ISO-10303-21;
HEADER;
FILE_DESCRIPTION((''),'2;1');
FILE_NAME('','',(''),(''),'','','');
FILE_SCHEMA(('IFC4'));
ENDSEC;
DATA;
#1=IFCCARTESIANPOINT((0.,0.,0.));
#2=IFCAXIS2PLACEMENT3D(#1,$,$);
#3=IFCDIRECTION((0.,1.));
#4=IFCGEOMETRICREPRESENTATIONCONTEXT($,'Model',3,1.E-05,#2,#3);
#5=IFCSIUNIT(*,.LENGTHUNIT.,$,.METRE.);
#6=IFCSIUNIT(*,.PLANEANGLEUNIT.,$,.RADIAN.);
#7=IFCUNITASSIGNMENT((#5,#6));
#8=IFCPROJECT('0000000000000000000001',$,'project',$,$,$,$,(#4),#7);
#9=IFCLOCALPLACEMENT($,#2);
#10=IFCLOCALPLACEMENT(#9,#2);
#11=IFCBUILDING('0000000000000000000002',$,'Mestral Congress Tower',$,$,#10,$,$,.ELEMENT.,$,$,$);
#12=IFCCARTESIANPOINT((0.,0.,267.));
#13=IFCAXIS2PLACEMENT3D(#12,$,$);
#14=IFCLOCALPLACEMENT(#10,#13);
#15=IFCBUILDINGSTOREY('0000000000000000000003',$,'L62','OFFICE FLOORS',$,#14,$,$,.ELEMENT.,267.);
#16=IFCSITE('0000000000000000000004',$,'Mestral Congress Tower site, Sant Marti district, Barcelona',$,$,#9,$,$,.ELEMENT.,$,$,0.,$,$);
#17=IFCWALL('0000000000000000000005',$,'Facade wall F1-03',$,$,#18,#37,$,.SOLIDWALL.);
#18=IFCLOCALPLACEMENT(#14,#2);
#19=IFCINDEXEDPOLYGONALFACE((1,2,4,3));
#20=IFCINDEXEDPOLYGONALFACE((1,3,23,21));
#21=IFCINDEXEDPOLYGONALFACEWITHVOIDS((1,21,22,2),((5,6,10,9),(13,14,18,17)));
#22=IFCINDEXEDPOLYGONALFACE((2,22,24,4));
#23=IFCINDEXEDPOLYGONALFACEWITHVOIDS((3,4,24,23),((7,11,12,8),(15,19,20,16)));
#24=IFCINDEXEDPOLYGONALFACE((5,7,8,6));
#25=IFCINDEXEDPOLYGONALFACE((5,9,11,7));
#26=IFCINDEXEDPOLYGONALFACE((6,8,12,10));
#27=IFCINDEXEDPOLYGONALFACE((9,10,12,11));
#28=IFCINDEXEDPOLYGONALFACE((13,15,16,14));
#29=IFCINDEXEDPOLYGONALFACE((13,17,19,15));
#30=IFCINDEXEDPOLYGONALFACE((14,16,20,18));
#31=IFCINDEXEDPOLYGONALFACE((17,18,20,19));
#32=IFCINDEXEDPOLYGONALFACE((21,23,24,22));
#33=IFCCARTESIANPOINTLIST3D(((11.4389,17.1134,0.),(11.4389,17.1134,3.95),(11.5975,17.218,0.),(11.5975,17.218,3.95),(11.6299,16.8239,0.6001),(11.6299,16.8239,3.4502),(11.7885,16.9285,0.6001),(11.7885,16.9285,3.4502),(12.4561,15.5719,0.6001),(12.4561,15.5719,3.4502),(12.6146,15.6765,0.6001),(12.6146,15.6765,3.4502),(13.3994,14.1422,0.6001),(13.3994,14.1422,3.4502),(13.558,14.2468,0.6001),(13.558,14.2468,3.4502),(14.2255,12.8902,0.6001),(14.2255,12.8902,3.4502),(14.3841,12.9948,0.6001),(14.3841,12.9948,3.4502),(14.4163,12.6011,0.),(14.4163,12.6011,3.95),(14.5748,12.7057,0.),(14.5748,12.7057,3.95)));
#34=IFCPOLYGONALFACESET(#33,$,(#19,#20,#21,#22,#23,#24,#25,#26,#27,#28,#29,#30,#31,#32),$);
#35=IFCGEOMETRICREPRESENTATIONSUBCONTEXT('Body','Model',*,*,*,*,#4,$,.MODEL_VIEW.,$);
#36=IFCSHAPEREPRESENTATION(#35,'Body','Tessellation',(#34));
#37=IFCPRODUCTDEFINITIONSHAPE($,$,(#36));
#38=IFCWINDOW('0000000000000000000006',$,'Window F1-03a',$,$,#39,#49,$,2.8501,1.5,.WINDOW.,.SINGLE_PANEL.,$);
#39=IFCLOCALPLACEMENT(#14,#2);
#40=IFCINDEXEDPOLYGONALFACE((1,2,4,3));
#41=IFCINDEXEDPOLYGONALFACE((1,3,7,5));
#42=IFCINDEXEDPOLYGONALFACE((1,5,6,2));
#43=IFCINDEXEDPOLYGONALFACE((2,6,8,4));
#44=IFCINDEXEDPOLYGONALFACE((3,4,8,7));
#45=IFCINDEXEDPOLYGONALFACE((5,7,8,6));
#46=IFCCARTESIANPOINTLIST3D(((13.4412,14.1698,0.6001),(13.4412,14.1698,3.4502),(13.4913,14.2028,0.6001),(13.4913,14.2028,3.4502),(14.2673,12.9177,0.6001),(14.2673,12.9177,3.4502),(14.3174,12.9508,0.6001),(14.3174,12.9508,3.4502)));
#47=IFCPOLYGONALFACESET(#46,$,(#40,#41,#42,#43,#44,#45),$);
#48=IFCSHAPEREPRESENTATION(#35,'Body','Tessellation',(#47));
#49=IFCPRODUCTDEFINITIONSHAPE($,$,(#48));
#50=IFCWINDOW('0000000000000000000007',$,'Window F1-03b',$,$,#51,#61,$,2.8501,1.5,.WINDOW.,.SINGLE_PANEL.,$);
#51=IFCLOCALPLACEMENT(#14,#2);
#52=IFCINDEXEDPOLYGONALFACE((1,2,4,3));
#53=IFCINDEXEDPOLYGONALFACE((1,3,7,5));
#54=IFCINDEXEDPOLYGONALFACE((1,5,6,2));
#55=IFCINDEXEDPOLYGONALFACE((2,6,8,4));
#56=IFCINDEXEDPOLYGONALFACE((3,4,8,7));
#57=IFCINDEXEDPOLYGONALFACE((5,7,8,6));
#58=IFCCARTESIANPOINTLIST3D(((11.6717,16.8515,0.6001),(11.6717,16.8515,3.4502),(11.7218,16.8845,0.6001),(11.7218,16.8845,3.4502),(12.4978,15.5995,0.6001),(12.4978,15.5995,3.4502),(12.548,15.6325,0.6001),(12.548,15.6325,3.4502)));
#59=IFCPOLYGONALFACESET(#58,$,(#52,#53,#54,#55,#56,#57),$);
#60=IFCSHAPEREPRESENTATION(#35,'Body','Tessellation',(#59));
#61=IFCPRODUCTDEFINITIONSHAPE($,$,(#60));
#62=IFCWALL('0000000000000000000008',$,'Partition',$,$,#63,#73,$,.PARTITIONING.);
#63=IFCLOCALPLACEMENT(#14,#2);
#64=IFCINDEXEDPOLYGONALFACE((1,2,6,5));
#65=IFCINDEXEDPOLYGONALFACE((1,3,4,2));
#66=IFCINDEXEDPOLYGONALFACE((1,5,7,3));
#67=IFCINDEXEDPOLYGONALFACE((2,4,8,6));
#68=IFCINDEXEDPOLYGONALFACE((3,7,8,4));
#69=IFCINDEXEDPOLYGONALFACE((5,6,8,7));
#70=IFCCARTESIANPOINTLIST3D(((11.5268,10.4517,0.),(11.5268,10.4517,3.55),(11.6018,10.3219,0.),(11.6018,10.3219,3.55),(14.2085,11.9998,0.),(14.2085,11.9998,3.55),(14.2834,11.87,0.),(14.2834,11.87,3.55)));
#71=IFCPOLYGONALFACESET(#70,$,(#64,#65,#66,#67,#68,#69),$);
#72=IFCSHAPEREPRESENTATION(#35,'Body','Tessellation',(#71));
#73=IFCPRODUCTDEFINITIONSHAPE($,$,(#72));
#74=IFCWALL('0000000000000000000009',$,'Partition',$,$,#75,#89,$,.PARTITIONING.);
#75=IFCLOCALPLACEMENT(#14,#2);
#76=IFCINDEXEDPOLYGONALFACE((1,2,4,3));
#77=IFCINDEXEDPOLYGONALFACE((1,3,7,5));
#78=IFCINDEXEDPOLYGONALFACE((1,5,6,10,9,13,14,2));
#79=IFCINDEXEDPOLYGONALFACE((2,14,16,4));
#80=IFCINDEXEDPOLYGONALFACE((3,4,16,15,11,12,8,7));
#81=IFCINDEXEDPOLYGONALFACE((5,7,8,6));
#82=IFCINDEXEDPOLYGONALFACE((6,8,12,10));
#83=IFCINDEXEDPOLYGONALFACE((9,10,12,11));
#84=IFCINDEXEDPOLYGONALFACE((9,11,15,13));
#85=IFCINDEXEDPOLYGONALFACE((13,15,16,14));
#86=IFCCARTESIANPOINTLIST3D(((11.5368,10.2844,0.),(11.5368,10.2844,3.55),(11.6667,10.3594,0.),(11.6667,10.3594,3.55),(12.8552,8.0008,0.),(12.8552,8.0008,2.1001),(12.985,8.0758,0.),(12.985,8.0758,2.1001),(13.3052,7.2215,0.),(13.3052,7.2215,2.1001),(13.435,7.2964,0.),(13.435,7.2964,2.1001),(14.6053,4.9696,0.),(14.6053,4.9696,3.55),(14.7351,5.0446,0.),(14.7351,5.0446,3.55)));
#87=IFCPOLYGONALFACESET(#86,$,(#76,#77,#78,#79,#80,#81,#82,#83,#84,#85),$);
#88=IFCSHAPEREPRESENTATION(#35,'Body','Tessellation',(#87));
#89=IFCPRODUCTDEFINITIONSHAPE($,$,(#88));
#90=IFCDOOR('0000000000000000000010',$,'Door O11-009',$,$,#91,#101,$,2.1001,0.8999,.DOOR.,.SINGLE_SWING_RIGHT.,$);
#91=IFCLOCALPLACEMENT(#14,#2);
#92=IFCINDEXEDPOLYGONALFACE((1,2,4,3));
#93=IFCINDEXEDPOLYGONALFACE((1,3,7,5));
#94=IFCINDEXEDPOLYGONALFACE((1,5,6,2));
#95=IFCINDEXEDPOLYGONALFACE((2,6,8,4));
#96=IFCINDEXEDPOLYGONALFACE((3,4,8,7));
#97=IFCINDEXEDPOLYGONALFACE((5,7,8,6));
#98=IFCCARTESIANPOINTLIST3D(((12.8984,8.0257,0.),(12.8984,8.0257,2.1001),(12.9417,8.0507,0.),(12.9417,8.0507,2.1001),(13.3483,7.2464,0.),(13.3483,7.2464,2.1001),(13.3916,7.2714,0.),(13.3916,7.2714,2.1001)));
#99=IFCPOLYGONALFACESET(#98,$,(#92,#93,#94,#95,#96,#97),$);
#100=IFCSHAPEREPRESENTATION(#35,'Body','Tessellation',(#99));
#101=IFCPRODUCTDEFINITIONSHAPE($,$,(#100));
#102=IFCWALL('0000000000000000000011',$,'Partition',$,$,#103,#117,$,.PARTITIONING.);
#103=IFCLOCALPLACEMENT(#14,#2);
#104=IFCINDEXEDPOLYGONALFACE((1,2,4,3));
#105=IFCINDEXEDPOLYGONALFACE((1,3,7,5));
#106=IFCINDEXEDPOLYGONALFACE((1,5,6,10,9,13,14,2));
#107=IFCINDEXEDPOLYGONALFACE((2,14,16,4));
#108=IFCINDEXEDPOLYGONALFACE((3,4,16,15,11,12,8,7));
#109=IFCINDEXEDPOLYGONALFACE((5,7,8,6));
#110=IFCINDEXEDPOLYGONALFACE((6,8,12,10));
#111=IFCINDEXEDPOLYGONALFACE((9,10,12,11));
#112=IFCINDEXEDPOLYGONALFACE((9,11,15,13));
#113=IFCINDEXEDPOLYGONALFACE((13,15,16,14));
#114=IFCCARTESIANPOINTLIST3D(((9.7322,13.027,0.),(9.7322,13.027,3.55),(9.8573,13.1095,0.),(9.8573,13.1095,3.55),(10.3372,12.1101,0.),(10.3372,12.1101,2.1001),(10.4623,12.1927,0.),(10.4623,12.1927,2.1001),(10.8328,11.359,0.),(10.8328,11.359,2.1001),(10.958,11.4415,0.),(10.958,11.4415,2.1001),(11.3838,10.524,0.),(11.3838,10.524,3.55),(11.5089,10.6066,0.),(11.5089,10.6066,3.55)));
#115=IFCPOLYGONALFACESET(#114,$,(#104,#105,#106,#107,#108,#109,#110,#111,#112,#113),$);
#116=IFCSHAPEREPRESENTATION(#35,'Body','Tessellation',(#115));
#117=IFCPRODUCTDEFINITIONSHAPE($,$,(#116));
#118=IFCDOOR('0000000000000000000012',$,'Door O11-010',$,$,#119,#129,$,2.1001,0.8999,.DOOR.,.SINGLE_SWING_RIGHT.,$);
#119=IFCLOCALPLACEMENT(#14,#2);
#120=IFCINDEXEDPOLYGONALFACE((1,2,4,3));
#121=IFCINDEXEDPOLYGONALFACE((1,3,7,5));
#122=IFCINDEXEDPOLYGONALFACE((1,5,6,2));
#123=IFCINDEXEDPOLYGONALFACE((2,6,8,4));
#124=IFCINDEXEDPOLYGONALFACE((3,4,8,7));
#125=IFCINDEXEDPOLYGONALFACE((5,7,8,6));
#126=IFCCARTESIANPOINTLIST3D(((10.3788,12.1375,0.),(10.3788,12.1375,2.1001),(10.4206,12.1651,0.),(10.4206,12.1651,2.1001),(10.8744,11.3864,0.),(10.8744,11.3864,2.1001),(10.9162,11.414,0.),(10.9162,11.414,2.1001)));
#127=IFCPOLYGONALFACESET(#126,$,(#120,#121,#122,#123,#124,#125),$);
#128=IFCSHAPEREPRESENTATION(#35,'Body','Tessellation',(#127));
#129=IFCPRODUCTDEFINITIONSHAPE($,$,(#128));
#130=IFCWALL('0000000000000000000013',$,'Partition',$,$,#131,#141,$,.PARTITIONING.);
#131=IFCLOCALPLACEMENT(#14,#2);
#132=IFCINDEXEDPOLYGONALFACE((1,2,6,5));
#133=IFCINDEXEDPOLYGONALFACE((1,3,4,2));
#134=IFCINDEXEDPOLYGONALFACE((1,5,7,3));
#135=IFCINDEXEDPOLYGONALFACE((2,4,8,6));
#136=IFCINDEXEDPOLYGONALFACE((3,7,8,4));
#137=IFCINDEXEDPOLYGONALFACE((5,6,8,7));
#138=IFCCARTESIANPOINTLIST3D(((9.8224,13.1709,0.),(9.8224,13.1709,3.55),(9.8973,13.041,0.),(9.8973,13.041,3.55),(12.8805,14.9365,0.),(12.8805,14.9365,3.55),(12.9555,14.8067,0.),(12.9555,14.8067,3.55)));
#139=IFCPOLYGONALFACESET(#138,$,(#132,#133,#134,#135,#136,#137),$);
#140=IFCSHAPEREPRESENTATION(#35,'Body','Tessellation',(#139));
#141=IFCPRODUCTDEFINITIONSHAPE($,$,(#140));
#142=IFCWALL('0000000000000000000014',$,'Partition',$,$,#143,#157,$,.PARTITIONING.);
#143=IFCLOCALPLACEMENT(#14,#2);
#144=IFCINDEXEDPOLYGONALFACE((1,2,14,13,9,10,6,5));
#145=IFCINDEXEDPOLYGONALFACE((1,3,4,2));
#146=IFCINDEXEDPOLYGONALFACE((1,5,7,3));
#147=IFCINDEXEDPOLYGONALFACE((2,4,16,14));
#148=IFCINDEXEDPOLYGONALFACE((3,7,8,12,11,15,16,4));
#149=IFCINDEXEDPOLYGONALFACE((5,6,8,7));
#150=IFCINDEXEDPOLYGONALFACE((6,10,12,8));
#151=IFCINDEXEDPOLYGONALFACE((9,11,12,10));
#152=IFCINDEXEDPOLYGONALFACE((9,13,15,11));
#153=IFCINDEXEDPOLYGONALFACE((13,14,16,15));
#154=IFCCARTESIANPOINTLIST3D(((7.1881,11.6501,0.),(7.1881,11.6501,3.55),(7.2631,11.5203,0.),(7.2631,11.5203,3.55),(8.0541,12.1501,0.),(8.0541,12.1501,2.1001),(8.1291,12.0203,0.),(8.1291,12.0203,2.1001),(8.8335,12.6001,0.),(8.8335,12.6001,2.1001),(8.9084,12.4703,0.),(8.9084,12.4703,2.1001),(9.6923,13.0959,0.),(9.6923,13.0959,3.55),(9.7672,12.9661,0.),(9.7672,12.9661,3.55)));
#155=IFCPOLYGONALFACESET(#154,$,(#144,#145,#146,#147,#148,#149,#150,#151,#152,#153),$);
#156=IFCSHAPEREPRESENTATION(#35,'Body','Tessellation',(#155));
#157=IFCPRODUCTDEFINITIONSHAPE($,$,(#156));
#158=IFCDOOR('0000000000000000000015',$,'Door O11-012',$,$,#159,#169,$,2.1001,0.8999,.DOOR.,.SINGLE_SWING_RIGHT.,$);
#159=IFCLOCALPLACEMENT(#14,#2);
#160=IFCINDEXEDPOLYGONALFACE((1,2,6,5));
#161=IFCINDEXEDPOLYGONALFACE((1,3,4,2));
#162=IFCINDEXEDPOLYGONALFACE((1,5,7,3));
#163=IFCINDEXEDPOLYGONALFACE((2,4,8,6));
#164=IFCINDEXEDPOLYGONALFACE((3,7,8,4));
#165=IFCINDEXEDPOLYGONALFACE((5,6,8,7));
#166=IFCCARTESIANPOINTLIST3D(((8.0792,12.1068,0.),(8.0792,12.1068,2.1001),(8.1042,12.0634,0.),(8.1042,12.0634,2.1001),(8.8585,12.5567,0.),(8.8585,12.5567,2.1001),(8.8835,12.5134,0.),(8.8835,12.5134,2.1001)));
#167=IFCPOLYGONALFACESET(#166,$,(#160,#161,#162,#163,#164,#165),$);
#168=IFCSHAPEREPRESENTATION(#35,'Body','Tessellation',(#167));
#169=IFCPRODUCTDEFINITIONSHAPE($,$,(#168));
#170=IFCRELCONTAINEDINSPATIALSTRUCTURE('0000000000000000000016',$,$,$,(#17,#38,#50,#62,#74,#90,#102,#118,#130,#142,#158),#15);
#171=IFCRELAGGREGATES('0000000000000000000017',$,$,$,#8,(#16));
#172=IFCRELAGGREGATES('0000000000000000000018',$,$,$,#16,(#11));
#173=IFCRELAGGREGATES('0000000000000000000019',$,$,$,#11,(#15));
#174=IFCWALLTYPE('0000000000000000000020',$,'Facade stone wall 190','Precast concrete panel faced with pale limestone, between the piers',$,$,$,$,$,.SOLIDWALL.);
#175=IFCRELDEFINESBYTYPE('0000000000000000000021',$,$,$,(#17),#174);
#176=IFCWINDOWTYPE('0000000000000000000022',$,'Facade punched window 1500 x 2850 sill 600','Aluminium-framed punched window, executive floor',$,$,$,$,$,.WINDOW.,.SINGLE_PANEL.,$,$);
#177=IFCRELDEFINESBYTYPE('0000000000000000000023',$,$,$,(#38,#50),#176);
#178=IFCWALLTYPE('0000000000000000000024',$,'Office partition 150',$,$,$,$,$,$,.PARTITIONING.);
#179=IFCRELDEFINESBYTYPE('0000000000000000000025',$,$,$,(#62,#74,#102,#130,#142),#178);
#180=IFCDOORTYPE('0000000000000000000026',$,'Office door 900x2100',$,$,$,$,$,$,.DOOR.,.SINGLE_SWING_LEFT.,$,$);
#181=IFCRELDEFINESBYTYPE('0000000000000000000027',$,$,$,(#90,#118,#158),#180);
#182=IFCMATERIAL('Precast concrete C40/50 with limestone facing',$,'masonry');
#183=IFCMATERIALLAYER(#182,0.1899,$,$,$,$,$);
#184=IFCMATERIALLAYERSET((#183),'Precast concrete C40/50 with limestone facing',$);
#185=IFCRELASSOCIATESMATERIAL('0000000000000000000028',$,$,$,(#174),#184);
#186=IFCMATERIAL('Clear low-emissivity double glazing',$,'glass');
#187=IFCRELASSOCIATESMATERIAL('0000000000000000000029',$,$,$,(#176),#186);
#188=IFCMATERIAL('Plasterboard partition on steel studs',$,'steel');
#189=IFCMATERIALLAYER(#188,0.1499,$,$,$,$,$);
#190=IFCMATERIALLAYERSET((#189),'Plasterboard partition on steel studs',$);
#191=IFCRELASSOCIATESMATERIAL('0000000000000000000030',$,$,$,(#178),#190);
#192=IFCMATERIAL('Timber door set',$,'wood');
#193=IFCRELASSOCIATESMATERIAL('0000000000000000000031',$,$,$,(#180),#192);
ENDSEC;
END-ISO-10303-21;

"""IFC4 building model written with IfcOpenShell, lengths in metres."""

from ifc_helpers import new_model, si_unit, direction, frame, frame_2d, origin, place, context, subcontext, project, spatial, rectangle, extrude, material, layer, layer_set, type_object, element, fill, save


model = new_model("IFC4")

# Units and contexts
model_context = context("Model", 3, precision=1e-05, world=origin(), true_north=direction((0.0, 1.0)))
body_context = subcontext(model_context, "Body", "Model", "MODEL_VIEW")
ifc_project = project(units=[si_unit("LENGTHUNIT", "METRE"), si_unit("PLANEANGLEUNIT", "RADIAN")], contexts=[model_context])

# Site, building, storey
site_placement = place(None, origin())
site = spatial("IfcSite", under=ifc_project, at=site_placement, Name="Mestral Congress Tower site, Sant Marti district, Barcelona", CompositionType="ELEMENT", RefElevation=0.0)
building_placement = place(site_placement, origin())
building = spatial("IfcBuilding", under=site, at=building_placement, Name="Mestral Congress Tower", CompositionType="ELEMENT")
storey_placement = place(building_placement, frame((0.0, 0.0, 267.0)))
storey = spatial("IfcBuildingStorey", under=building, at=storey_placement, Name="L62", Description="OFFICE FLOORS", CompositionType="ELEMENT", Elevation=267.0)

# Wall, openings, windows
ifc_material_1 = material(Name="Precast concrete C40/50 with limestone facing", Category="masonry")
ifc_layer_1 = layer(ifc_material_1, 0.1899)
ifc_layer_set_1 = layer_set([ifc_layer_1], Name="Precast concrete C40/50 with limestone facing")
wall_type_1 = type_object("IfcWallType", Name="Facade stone wall 190", Description="Precast concrete panel faced with pale limestone, between the piers", PredefinedType="SOLIDWALL", material=ifc_layer_set_1)
wall_1_placement = place(storey_placement, frame((14.4956, 12.6533, 0.0), z_axis=(0.0, 0.0, 1.0), x_axis=(-0.550744, 0.834674, 0.0)))
wall_1 = element("IfcWall", 1, at=wall_1_placement, inside=storey, type_object=wall_type_1, Name="Facade wall F1-03", PredefinedType="SOLIDWALL", context=body_context, shape_type="SweptSolid", body=[
    extrude(rectangle(XDim=5.406, YDim=0.1899, at=frame_2d((2.7031, 0.0))), origin(), (0.0, 0.0, 1.0), 3.95),
])
opening_1_placement = place(wall_1_placement, frame((0.3464, 0.0, 0.6001)))
opening_1 = element("IfcOpeningElement", 2, at=opening_1_placement, cuts=wall_1, PredefinedType="OPENING", context=body_context, shape_type="SweptSolid", body=[
    extrude(rectangle(XDim=1.5, YDim=2.8501, at=frame_2d((0.75, 1.425))), frame((0.0, 0.105, 0.0), z_axis=(0.0, -1.0, 0.0), x_axis=(1.0, 0.0, 0.0)), (0.0, 0.0, 1.0), 0.21),
])
opening_2_placement = place(wall_1_placement, frame((3.5593, 0.0, 0.6001)))
opening_2 = element("IfcOpeningElement", 3, at=opening_2_placement, cuts=wall_1, PredefinedType="OPENING", context=body_context, shape_type="SweptSolid", body=[
    extrude(rectangle(XDim=1.5, YDim=2.8501, at=frame_2d((0.75, 1.425))), frame((0.0, 0.105, 0.0), z_axis=(0.0, -1.0, 0.0), x_axis=(1.0, 0.0, 0.0)), (0.0, 0.0, 1.0), 0.21),
])
ifc_material_2 = material(Name="Clear low-emissivity double glazing", Category="glass")
window_type = type_object("IfcWindowType", Name="Facade punched window 1500 x 2850 sill 600", Description="Aluminium-framed punched window, executive floor", PartitioningType="SINGLE_PANEL", PredefinedType="WINDOW", material=ifc_material_2)
window_1_placement = place(opening_1_placement, origin())
window_1 = element("IfcWindow", 4, at=window_1_placement, inside=storey, type_object=window_type, Name="Window F1-03a", OverallHeight=2.8501, OverallWidth=1.5, PartitioningType="SINGLE_PANEL", PredefinedType="WINDOW", context=body_context, shape_type="SweptSolid", body=[
    extrude(rectangle(XDim=1.5, YDim=2.8501, at=frame_2d((0.75, 1.425))), frame((0.0, 0.0449, 0.0), z_axis=(0.0, -1.0, 0.0), x_axis=(1.0, 0.0, 0.0)), (0.0, 0.0, 1.0), 0.0601),
])
fill(opening_1, window_1)
window_2_placement = place(opening_2_placement, origin())
window_2 = element("IfcWindow", 5, at=window_2_placement, inside=storey, type_object=window_type, Name="Window F1-03b", OverallHeight=2.8501, OverallWidth=1.5, PartitioningType="SINGLE_PANEL", PredefinedType="WINDOW", context=body_context, shape_type="SweptSolid", body=[
    extrude(rectangle(XDim=1.5, YDim=2.8501, at=frame_2d((0.75, 1.425))), frame((0.0, 0.0449, 0.0), z_axis=(0.0, -1.0, 0.0), x_axis=(1.0, 0.0, 0.0)), (0.0, 0.0, 1.0), 0.0601),
])
fill(opening_2, window_2)

# Wall
ifc_material_3 = material(Name="Plasterboard partition on steel studs", Category="steel")
ifc_layer_2 = layer(ifc_material_3, 0.1499)
ifc_layer_set_2 = layer_set([ifc_layer_2], Name="Plasterboard partition on steel studs")
wall_type_2 = type_object("IfcWallType", Name="Office partition 150", PredefinedType="PARTITIONING", material=ifc_layer_set_2)
wall_2_placement = place(storey_placement, frame((11.5642, 10.3867, 0.0), z_axis=(0.0, 0.0, 1.0), x_axis=(0.866046, 0.499964, 0.0)))
element("IfcWall", 6, at=wall_2_placement, inside=storey, type_object=wall_type_2, Name="Partition", PredefinedType="PARTITIONING", context=body_context, shape_type="SweptSolid", body=[
    extrude(rectangle(XDim=3.0964, YDim=0.1499, at=frame_2d((1.5483, 0.0))), origin(), (0.0, 0.0, 1.0), 3.55),
])

# Walls, openings, doors
wall_3_placement = place(storey_placement, frame((11.6018, 10.3218, 0.0), z_axis=(0.0, 0.0, 1.0), x_axis=(0.49999, -0.866031, 0.0)))
wall_3 = element("IfcWall", 7, at=wall_3_placement, inside=storey, type_object=wall_type_2, Name="Partition", PredefinedType="PARTITIONING", context=body_context, shape_type="SweptSolid", body=[
    extrude(rectangle(XDim=6.137, YDim=0.1499, at=frame_2d((3.0684, 0.0))), origin(), (0.0, 0.0, 1.0), 3.55),
])
opening_3_placement = place(wall_3_placement, frame((2.6367, 0.0, 0.0)))
opening_3 = element("IfcOpeningElement", 8, at=opening_3_placement, cuts=wall_3, PredefinedType="OPENING", context=body_context, shape_type="SweptSolid", body=[
    extrude(rectangle(XDim=0.8999, YDim=2.1001, at=frame_2d((0.45, 1.05))), frame((0.0, 0.085, 0.0), z_axis=(0.0, -1.0, 0.0), x_axis=(1.0, 0.0, 0.0)), (0.0, 0.0, 1.0), 0.1699),
])
ifc_material_4 = material(Name="Timber door set", Category="wood")
door_type = type_object("IfcDoorType", Name="Office door 900x2100", OperationType="SINGLE_SWING_LEFT", PredefinedType="DOOR", material=ifc_material_4)
door_1_placement = place(opening_3_placement, origin())
door_1 = element("IfcDoor", 9, at=door_1_placement, inside=storey, type_object=door_type, Name="Door O11-009", OperationType="SINGLE_SWING_RIGHT", OverallHeight=2.1001, OverallWidth=0.8999, PredefinedType="DOOR", context=body_context, shape_type="SweptSolid", body=[
    extrude(rectangle(XDim=0.8999, YDim=2.1001, at=frame_2d((0.45, 1.05))), frame((0.0, 0.0249, 0.0), z_axis=(0.0, -1.0, 0.0), x_axis=(1.0, 0.0, 0.0)), (0.0, 0.0, 1.0), 0.05),
])
fill(opening_3, door_1)
wall_4_placement = place(storey_placement, frame((9.7947, 13.0684, 0.0), z_axis=(0.0, 0.0, 1.0), x_axis=(0.550767, -0.834659, 0.0)))
wall_4 = element("IfcWall", 10, at=wall_4_placement, inside=storey, type_object=wall_type_2, Name="Partition", PredefinedType="PARTITIONING", context=body_context, shape_type="SweptSolid", body=[
    extrude(rectangle(XDim=2.9988, YDim=0.1499, at=frame_2d((1.4995, 0.0))), origin(), (0.0, 0.0, 1.0), 3.55),
])
opening_4_placement = place(wall_4_placement, frame((1.0986, 0.0, 0.0)))
opening_4 = element("IfcOpeningElement", 11, at=opening_4_placement, cuts=wall_4, PredefinedType="OPENING", context=body_context, shape_type="SweptSolid", body=[
    extrude(rectangle(XDim=0.8999, YDim=2.1001, at=frame_2d((0.45, 1.05))), frame((0.0, 0.085, 0.0), z_axis=(0.0, -1.0, 0.0), x_axis=(1.0, 0.0, 0.0)), (0.0, 0.0, 1.0), 0.1699),
])
door_2_placement = place(opening_4_placement, origin())
door_2 = element("IfcDoor", 12, at=door_2_placement, inside=storey, type_object=door_type, Name="Door O11-010", OperationType="SINGLE_SWING_RIGHT", OverallHeight=2.1001, OverallWidth=0.8999, PredefinedType="DOOR", context=body_context, shape_type="SweptSolid", body=[
    extrude(rectangle(XDim=0.8999, YDim=2.1001, at=frame_2d((0.45, 1.05))), frame((0.0, 0.0249, 0.0), z_axis=(0.0, -1.0, 0.0), x_axis=(1.0, 0.0, 0.0)), (0.0, 0.0, 1.0), 0.05),
])
fill(opening_4, door_2)

# Wall
wall_5_placement = place(storey_placement, frame((9.8599, 13.106, 0.0), z_axis=(0.0, 0.0, 1.0), x_axis=(0.866022, 0.500006, 0.0)))
element("IfcWall", 13, at=wall_5_placement, inside=storey, type_object=wall_type_2, Name="Partition", PredefinedType="PARTITIONING", context=body_context, shape_type="SweptSolid", body=[
    extrude(rectangle(XDim=3.5312, YDim=0.1499, at=frame_2d((1.7656, 0.0))), origin(), (0.0, 0.0, 1.0), 3.55),
])

# Wall, opening, door
wall_6_placement = place(storey_placement, frame((7.2256, 11.5852, 0.0), z_axis=(0.0, 0.0, 1.0), x_axis=(0.866021, 0.500007, 0.0)))
wall_6 = element("IfcWall", 14, at=wall_6_placement, inside=storey, type_object=wall_type_2, Name="Partition", PredefinedType="PARTITIONING", context=body_context, shape_type="SweptSolid", body=[
    extrude(rectangle(XDim=2.8916, YDim=0.1499, at=frame_2d((1.4458, 0.0))), origin(), (0.0, 0.0, 1.0), 3.55),
])
opening_5_placement = place(wall_6_placement, frame((1.0, 0.0, 0.0)))
opening_5 = element("IfcOpeningElement", 15, at=opening_5_placement, cuts=wall_6, PredefinedType="OPENING", context=body_context, shape_type="SweptSolid", body=[
    extrude(rectangle(XDim=0.8999, YDim=2.1001, at=frame_2d((0.45, 1.05))), frame((0.0, 0.085, 0.0), z_axis=(0.0, -1.0, 0.0), x_axis=(1.0, 0.0, 0.0)), (0.0, 0.0, 1.0), 0.1699),
])
door_3_placement = place(opening_5_placement, origin())
door_3 = element("IfcDoor", 16, at=door_3_placement, inside=storey, type_object=door_type, Name="Door O11-012", OperationType="SINGLE_SWING_RIGHT", OverallHeight=2.1001, OverallWidth=0.8999, PredefinedType="DOOR", context=body_context, shape_type="SweptSolid", body=[
    extrude(rectangle(XDim=0.8999, YDim=2.1001, at=frame_2d((0.45, 1.05))), frame((0.0, 0.0249, 0.0), z_axis=(0.0, -1.0, 0.0), x_axis=(1.0, 0.0, 0.0)), (0.0, 0.0, 1.0), 0.05),
])
fill(opening_5, door_3)

save(model, "model.ifc")
